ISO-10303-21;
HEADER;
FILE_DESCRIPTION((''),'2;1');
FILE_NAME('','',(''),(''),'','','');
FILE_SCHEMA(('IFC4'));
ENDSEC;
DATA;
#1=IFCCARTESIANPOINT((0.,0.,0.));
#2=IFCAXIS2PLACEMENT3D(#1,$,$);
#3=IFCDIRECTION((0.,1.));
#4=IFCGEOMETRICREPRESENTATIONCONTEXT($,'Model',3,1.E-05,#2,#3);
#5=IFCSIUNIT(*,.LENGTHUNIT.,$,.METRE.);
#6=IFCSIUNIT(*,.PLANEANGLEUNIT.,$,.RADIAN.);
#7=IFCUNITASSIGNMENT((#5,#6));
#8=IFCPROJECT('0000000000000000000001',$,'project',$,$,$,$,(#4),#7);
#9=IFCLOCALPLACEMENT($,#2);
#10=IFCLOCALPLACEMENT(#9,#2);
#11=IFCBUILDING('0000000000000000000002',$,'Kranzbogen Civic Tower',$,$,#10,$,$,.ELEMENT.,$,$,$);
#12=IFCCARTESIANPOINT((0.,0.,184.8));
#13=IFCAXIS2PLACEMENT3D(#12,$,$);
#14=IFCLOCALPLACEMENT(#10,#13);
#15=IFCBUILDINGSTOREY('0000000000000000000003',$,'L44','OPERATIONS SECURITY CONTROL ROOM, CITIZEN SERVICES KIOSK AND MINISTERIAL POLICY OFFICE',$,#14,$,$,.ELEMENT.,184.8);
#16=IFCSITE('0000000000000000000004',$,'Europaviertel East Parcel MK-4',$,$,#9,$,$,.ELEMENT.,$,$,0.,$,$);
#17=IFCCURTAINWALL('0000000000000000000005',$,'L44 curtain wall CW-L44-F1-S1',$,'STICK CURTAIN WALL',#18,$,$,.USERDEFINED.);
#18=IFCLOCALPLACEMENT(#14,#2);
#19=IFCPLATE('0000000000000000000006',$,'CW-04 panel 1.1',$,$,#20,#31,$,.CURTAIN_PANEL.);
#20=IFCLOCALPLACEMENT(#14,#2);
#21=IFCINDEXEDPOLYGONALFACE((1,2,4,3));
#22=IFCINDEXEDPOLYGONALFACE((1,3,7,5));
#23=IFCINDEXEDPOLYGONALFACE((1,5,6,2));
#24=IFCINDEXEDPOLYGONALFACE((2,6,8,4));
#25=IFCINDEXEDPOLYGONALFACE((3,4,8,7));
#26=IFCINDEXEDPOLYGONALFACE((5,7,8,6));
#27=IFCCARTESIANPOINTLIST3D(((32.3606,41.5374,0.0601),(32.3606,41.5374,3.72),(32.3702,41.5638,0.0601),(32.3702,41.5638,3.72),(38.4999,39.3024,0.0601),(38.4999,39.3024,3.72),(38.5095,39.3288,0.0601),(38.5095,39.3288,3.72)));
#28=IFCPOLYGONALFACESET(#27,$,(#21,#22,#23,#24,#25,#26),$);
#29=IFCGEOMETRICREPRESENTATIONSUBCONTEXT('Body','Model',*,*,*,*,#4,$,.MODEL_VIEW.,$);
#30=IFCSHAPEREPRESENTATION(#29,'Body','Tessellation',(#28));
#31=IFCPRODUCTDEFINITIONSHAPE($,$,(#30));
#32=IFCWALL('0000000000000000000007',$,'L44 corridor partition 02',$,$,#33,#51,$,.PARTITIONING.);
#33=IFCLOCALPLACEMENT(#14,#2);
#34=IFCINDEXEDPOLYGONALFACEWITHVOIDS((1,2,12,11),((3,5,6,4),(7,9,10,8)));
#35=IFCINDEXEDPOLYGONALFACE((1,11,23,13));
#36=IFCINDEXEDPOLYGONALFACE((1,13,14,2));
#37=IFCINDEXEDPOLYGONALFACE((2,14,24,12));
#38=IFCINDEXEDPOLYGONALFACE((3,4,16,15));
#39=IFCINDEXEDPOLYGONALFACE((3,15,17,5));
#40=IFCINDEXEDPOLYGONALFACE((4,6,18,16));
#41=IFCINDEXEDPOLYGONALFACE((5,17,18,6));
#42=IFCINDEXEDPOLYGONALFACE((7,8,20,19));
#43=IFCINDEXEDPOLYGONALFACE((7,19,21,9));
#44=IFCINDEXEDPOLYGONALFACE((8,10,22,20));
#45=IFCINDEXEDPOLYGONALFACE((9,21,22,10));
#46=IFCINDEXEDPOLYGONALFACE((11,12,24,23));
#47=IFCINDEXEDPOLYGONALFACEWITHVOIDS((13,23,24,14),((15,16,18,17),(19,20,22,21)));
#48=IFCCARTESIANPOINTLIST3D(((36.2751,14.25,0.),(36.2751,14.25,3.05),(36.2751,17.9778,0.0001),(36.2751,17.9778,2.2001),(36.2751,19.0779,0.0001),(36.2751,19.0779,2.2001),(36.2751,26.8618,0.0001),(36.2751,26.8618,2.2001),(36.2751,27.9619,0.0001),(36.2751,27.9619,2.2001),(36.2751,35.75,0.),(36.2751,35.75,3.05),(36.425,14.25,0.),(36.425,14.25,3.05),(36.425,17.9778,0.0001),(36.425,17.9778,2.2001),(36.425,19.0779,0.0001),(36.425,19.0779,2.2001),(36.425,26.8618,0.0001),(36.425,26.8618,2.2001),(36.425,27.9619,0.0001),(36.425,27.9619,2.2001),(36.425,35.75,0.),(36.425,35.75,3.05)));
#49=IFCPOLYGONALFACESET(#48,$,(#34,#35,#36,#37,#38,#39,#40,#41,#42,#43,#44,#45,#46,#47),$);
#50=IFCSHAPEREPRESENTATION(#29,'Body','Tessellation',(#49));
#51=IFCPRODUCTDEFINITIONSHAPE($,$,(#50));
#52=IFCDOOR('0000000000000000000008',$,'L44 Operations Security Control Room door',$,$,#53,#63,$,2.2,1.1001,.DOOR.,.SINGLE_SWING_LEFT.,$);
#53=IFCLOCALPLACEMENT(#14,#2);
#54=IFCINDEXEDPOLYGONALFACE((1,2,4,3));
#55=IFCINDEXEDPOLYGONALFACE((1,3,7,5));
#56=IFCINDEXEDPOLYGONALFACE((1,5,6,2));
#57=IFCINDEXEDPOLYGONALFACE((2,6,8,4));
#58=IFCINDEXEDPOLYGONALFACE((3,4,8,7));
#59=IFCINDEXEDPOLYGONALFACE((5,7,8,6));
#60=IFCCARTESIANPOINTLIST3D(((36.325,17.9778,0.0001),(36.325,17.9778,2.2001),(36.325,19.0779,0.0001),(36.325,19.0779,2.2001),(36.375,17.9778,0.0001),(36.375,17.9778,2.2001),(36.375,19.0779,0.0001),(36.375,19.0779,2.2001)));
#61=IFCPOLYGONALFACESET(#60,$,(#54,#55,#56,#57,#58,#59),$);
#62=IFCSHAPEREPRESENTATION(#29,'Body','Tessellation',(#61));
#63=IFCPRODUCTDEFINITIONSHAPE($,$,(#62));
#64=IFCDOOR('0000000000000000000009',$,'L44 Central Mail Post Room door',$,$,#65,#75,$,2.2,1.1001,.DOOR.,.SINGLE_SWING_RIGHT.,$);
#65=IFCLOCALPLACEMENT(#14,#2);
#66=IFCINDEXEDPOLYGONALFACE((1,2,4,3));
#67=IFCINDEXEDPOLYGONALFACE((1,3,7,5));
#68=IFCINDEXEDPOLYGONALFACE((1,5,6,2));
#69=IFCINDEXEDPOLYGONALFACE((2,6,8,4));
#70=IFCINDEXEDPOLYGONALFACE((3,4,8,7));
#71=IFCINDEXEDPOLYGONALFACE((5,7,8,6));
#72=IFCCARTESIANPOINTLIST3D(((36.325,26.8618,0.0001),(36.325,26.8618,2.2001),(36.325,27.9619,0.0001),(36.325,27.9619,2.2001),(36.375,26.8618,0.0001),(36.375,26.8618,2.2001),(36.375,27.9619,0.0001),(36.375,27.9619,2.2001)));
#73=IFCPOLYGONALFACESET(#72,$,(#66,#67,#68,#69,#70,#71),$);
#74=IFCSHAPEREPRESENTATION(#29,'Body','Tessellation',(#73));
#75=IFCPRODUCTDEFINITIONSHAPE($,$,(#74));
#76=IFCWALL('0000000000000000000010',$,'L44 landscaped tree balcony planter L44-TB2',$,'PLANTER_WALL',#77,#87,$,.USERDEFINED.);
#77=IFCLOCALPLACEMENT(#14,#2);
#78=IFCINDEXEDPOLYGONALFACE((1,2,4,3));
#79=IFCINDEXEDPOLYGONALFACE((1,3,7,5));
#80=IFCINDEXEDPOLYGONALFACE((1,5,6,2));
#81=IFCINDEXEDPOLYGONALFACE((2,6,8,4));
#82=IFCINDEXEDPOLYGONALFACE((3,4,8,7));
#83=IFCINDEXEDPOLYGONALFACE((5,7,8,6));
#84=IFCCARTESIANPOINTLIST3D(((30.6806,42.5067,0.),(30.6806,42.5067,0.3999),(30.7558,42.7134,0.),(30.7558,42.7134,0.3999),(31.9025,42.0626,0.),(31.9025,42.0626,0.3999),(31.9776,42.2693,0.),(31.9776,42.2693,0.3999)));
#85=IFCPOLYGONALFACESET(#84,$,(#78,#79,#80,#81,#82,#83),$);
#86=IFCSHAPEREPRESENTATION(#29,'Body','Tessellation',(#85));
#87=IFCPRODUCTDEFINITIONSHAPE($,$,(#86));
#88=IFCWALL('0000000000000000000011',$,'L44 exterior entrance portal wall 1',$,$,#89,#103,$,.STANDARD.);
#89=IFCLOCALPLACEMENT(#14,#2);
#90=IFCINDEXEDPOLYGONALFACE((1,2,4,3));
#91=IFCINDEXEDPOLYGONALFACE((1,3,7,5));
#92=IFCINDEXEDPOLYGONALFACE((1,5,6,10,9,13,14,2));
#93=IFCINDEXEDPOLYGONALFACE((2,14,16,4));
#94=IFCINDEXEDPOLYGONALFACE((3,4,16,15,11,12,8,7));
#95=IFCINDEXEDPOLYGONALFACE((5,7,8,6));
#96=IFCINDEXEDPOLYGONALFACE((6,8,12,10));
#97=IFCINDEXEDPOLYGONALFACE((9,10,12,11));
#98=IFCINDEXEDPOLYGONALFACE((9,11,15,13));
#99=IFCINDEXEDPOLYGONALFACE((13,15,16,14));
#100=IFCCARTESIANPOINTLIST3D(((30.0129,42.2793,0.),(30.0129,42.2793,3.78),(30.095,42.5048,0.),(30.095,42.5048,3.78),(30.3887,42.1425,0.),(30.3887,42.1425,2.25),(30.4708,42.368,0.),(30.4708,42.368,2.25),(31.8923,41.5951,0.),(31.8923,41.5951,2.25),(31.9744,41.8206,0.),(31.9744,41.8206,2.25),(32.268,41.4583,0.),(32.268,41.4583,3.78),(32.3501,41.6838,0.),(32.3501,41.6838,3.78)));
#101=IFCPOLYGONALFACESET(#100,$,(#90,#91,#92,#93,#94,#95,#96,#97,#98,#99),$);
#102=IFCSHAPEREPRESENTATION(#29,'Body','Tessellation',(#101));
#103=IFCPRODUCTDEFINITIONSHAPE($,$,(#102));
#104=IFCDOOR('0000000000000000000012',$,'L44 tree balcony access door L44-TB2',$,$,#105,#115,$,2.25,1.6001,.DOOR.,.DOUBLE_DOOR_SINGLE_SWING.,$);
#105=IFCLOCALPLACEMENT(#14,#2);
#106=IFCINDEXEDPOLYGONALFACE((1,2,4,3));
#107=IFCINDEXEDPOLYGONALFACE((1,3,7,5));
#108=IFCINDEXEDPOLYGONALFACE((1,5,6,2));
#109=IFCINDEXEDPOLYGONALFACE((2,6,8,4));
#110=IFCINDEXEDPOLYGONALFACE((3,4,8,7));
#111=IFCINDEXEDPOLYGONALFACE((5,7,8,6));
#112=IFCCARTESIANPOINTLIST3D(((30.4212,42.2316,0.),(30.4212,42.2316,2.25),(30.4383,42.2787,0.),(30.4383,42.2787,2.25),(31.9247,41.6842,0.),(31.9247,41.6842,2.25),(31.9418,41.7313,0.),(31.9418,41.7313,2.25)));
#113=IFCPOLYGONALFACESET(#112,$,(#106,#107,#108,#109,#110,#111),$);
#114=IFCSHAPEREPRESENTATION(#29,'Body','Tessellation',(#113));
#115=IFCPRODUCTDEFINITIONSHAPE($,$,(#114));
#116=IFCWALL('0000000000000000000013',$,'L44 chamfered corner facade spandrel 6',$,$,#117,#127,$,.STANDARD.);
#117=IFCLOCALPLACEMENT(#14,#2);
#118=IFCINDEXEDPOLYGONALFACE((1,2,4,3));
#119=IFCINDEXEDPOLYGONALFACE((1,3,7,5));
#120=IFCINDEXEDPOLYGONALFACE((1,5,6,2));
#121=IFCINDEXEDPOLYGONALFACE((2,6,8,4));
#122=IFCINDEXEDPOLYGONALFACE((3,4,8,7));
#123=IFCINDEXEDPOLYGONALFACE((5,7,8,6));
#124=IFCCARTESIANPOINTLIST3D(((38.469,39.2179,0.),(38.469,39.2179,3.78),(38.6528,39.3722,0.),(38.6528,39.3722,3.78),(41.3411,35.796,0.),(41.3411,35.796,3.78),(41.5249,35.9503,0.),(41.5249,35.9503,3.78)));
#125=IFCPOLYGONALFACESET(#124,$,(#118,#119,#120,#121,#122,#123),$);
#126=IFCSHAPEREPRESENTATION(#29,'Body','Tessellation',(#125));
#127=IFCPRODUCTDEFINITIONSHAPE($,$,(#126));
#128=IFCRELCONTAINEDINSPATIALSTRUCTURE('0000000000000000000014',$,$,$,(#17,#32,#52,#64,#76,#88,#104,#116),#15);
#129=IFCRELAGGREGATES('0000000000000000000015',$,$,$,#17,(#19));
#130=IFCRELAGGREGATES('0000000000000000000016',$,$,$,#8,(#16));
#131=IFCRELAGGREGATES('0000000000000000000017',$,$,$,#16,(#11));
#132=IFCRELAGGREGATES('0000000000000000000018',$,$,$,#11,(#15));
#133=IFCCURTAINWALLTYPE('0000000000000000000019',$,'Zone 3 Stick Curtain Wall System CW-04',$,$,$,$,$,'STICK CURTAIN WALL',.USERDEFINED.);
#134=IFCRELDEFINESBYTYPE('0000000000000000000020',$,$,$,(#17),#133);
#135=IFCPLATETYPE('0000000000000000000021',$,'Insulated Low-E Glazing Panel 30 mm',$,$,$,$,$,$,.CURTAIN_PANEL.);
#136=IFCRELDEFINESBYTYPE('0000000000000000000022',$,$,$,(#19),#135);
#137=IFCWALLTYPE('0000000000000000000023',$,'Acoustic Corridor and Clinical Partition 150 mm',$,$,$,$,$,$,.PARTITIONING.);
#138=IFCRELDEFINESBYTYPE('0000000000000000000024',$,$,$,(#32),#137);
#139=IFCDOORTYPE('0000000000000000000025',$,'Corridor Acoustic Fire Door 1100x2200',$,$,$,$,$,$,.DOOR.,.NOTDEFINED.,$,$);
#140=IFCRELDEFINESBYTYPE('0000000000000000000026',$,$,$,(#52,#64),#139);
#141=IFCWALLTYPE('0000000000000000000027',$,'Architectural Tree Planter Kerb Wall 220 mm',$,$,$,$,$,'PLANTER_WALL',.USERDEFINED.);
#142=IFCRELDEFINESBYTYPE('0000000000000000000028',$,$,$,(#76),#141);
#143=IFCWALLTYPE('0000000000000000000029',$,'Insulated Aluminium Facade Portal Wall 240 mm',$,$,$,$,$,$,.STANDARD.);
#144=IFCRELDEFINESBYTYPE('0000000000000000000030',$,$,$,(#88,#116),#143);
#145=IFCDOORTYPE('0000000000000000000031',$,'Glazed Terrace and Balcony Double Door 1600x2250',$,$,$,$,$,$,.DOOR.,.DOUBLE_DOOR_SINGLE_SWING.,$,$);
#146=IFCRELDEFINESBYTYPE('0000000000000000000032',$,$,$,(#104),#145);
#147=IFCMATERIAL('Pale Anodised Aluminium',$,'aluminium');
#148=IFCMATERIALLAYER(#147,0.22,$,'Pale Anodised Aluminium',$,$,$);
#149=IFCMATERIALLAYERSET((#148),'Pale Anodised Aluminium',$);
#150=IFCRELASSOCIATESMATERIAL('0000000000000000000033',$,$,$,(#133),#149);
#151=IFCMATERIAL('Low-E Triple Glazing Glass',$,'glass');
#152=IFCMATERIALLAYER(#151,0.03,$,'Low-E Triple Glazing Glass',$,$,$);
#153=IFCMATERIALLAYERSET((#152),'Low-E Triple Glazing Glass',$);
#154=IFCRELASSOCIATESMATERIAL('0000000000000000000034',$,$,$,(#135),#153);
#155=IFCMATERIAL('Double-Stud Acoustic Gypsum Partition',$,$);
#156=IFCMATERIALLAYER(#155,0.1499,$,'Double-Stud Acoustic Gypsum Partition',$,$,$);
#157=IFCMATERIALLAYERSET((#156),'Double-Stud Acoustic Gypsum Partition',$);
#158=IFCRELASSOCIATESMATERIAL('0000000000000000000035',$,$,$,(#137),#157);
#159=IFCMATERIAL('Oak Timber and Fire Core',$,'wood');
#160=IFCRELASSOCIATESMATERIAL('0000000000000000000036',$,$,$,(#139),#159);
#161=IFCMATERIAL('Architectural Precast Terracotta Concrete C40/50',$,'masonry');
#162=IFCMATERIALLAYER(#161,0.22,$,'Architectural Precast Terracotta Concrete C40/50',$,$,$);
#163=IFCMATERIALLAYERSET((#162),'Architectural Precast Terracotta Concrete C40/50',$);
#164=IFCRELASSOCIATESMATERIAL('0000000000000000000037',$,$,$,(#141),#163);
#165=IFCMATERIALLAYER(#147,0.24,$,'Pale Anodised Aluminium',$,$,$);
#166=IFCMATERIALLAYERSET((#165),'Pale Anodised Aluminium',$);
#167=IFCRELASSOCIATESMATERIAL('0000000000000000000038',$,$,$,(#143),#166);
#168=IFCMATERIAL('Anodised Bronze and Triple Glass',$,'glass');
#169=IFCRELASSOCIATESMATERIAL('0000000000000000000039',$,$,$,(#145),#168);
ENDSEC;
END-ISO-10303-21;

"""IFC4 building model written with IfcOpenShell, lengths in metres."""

from ifc_helpers import new_model, si_unit, direction, frame, frame_2d, origin, origin_2d, place, context, subcontext, project, spatial, rectangle, extrude, material, layer, layer_set, type_object, element, fill, aggregate, save


model = new_model("IFC4")

# Units and contexts
model_context = context("Model", 3, precision=1e-05, world=origin(), true_north=direction((0.0, 1.0)))
body_context = subcontext(model_context, "Body", "Model", "MODEL_VIEW")
ifc_project = project(units=[si_unit("LENGTHUNIT", "METRE"), si_unit("PLANEANGLEUNIT", "RADIAN")], contexts=[model_context])

# Site, building, storey
site_placement = place(None, origin())
site = spatial("IfcSite", under=ifc_project, at=site_placement, Name="Europaviertel East Parcel MK-4", CompositionType="ELEMENT", RefElevation=0.0)
building_placement = place(site_placement, origin())
building = spatial("IfcBuilding", under=site, at=building_placement, Name="Kranzbogen Civic Tower", CompositionType="ELEMENT")
storey_placement = place(building_placement, frame((0.0, 0.0, 184.8)))
storey = spatial("IfcBuildingStorey", under=building, at=storey_placement, Name="L44", Description="OPERATIONS SECURITY CONTROL ROOM, CITIZEN SERVICES KIOSK AND MINISTERIAL POLICY OFFICE", CompositionType="ELEMENT", Elevation=184.8)

# Curtain wall
ifc_material_1 = material(Name="Pale Anodised Aluminium", Category="aluminium")
ifc_layer_1 = layer(ifc_material_1, 0.22, Name="Pale Anodised Aluminium")
ifc_layer_set_1 = layer_set([ifc_layer_1], Name="Pale Anodised Aluminium")
curtain_wall_type = type_object("IfcCurtainWallType", Name="Zone 3 Stick Curtain Wall System CW-04", ElementType="STICK CURTAIN WALL", PredefinedType="USERDEFINED", material=ifc_layer_set_1)
curtain_wall_1_placement = place(storey_placement, origin())
curtain_wall_1 = element("IfcCurtainWall", 1, at=curtain_wall_1_placement, inside=storey, type_object=curtain_wall_type, Name="L44 curtain wall CW-L44-F1-S1", ObjectType="STICK CURTAIN WALL", PredefinedType="USERDEFINED")

# Plate
ifc_material_2 = material(Name="Low-E Triple Glazing Glass", Category="glass")
ifc_layer_2 = layer(ifc_material_2, 0.03, Name="Low-E Triple Glazing Glass")
ifc_layer_set_2 = layer_set([ifc_layer_2], Name="Low-E Triple Glazing Glass")
plate_type = type_object("IfcPlateType", Name="Insulated Low-E Glazing Panel 30 mm", PredefinedType="CURTAIN_PANEL", material=ifc_layer_set_2)
plate_placement = place(storey_placement, frame((35.4351, 40.4331, 0.0601), z_axis=(0.0, 0.0, 1.0), x_axis=(-0.93967, 0.342081, 0.0)))
plate = element("IfcPlate", 2, at=plate_placement, type_object=plate_type, Name="CW-04 panel 1.1", PredefinedType="CURTAIN_PANEL", context=body_context, shape_type="SweptSolid", body=[
    extrude(rectangle(XDim=6.5334, YDim=0.0281, at=origin_2d()), origin(), (0.0, 0.0, 1.0), 3.6599),
])
aggregate(curtain_wall_1, [plate])

# Wall, openings, doors
ifc_material_3 = material(Name="Double-Stud Acoustic Gypsum Partition")
ifc_layer_3 = layer(ifc_material_3, 0.1499, Name="Double-Stud Acoustic Gypsum Partition")
ifc_layer_set_3 = layer_set([ifc_layer_3], Name="Double-Stud Acoustic Gypsum Partition")
wall_type_1 = type_object("IfcWallType", Name="Acoustic Corridor and Clinical Partition 150 mm", PredefinedType="PARTITIONING", material=ifc_layer_set_3)
wall_1_placement = place(storey_placement, frame((36.3501, 35.75, 0.0), z_axis=(0.0, 0.0, 1.0), x_axis=(0.0, -1.0, 0.0)))
wall_1 = element("IfcWall", 3, at=wall_1_placement, inside=storey, type_object=wall_type_1, Name="L44 corridor partition 02", PredefinedType="PARTITIONING", context=body_context, shape_type="SweptSolid", body=[
    extrude(rectangle(XDim=21.5, YDim=0.1499, at=frame_2d((10.75, 0.0))), origin(), (0.0, 0.0, 1.0), 3.05),
])
opening_1_placement = place(wall_1_placement, frame((16.6721, 0.0, 0.0)))
opening_1 = element("IfcOpeningElement", 4, at=opening_1_placement, cuts=wall_1, PredefinedType="OPENING", context=body_context, shape_type="SweptSolid", body=[
    extrude(rectangle(XDim=1.1001, YDim=2.2, at=frame_2d((0.55, 1.1001))), frame((0.0, 0.085, 0.0), z_axis=(0.0, -1.0, 0.0), x_axis=(1.0, 0.0, 0.0)), (0.0, 0.0, 1.0), 0.1699),
])
opening_2_placement = place(wall_1_placement, frame((7.7881, 0.0, 0.0)))
opening_2 = element("IfcOpeningElement", 5, at=opening_2_placement, cuts=wall_1, PredefinedType="OPENING", context=body_context, shape_type="SweptSolid", body=[
    extrude(rectangle(XDim=1.1001, YDim=2.2, at=frame_2d((0.55, 1.1001))), frame((0.0, 0.085, 0.0), z_axis=(0.0, -1.0, 0.0), x_axis=(1.0, 0.0, 0.0)), (0.0, 0.0, 1.0), 0.1699),
])
ifc_material_4 = material(Name="Oak Timber and Fire Core", Category="wood")
door_type_1 = type_object("IfcDoorType", Name="Corridor Acoustic Fire Door 1100x2200", OperationType="NOTDEFINED", PredefinedType="DOOR", material=ifc_material_4)
door_1_placement = place(opening_1_placement, origin())
door_1 = element("IfcDoor", 6, at=door_1_placement, inside=storey, type_object=door_type_1, Name="L44 Operations Security Control Room door", OperationType="SINGLE_SWING_LEFT", OverallHeight=2.2, OverallWidth=1.1001, PredefinedType="DOOR", context=body_context, shape_type="SweptSolid", body=[
    extrude(rectangle(XDim=1.1001, YDim=2.2, at=frame_2d((0.55, 1.1001))), frame((0.0, 0.0249, 0.0), z_axis=(0.0, -1.0, 0.0), x_axis=(1.0, 0.0, 0.0)), (0.0, 0.0, 1.0), 0.05),
])
fill(opening_1, door_1)
door_2_placement = place(opening_2_placement, origin())
door_2 = element("IfcDoor", 7, at=door_2_placement, inside=storey, type_object=door_type_1, Name="L44 Central Mail Post Room door", OperationType="SINGLE_SWING_RIGHT", OverallHeight=2.2, OverallWidth=1.1001, PredefinedType="DOOR", context=body_context, shape_type="SweptSolid", body=[
    extrude(rectangle(XDim=1.1001, YDim=2.2, at=frame_2d((0.55, 1.1001))), frame((0.0, 0.0249, 0.0), z_axis=(0.0, -1.0, 0.0), x_axis=(1.0, 0.0, 0.0)), (0.0, 0.0, 1.0), 0.05),
])
fill(opening_2, door_2)

# Wall
ifc_material_5 = material(Name="Architectural Precast Terracotta Concrete C40/50", Category="masonry")
ifc_layer_4 = layer(ifc_material_5, 0.22, Name="Architectural Precast Terracotta Concrete C40/50")
ifc_layer_set_4 = layer_set([ifc_layer_4], Name="Architectural Precast Terracotta Concrete C40/50")
wall_type_2 = type_object("IfcWallType", Name="Architectural Tree Planter Kerb Wall 220 mm", ElementType="PLANTER_WALL", PredefinedType="USERDEFINED", material=ifc_layer_set_4)
wall_2_placement = place(storey_placement, frame((31.9399, 42.166, 0.0), z_axis=(0.0, 0.0, 1.0), x_axis=(-0.939854, 0.341577, 0.0)))
element("IfcWall", 8, at=wall_2_placement, inside=storey, type_object=wall_type_2, Name="L44 landscaped tree balcony planter L44-TB2", ObjectType="PLANTER_WALL", PredefinedType="USERDEFINED", context=body_context, shape_type="SweptSolid", body=[
    extrude(rectangle(XDim=1.3, YDim=0.22, at=frame_2d((0.6499, 0.0))), origin(), (0.0, 0.0, 1.0), 0.3999),
])

# Wall, opening, door
ifc_layer_5 = layer(ifc_material_1, 0.24, Name="Pale Anodised Aluminium")
ifc_layer_set_5 = layer_set([ifc_layer_5], Name="Pale Anodised Aluminium")
wall_type_3 = type_object("IfcWallType", Name="Insulated Aluminium Facade Portal Wall 240 mm", PredefinedType="STANDARD", material=ifc_layer_set_5)
wall_3_placement = place(storey_placement, frame((32.3091, 41.571, 0.0), z_axis=(0.0, 0.0, 1.0), x_axis=(-0.93966, 0.342111, 0.0)))
wall_3 = element("IfcWall", 9, at=wall_3_placement, inside=storey, type_object=wall_type_3, Name="L44 exterior entrance portal wall 1", PredefinedType="STANDARD", context=body_context, shape_type="SweptSolid", body=[
    extrude(rectangle(XDim=2.3999, YDim=0.24, at=frame_2d((1.2, 0.0))), origin(), (0.0, 0.0, 1.0), 3.78),
])
opening_3_placement = place(wall_3_placement, frame((0.3999, 0.0, 0.0)))
opening_3 = element("IfcOpeningElement", 10, at=opening_3_placement, cuts=wall_3, PredefinedType="OPENING", context=body_context, shape_type="SweptSolid", body=[
    extrude(rectangle(XDim=1.6001, YDim=2.25, at=frame_2d((0.8, 1.125))), frame((0.0, 0.1299, 0.0), z_axis=(0.0, -1.0, 0.0), x_axis=(1.0, 0.0, 0.0)), (0.0, 0.0, 1.0), 0.26),
])
ifc_material_6 = material(Name="Anodised Bronze and Triple Glass", Category="glass")
door_type_2 = type_object("IfcDoorType", Name="Glazed Terrace and Balcony Double Door 1600x2250", OperationType="DOUBLE_DOOR_SINGLE_SWING", PredefinedType="DOOR", material=ifc_material_6)
door_3_placement = place(opening_3_placement, frame((1.6001, 0.0, 0.0), z_axis=(0.0, 0.0, 1.0), x_axis=(-1.0, 0.0, 0.0)))
door_3 = element("IfcDoor", 11, at=door_3_placement, inside=storey, type_object=door_type_2, Name="L44 tree balcony access door L44-TB2", OperationType="DOUBLE_DOOR_SINGLE_SWING", OverallHeight=2.25, OverallWidth=1.6001, PredefinedType="DOOR", context=body_context, shape_type="SweptSolid", body=[
    extrude(rectangle(XDim=1.6001, YDim=2.25, at=frame_2d((0.8, 1.125))), frame((0.0, 0.0249, 0.0), z_axis=(0.0, -1.0, 0.0), x_axis=(1.0, 0.0, 0.0)), (0.0, 0.0, 1.0), 0.05),
])
fill(opening_3, door_3)

# Wall
wall_4_placement = place(storey_placement, frame((41.4331, 35.873, 0.0), z_axis=(0.0, 0.0, 1.0), x_axis=(-0.64289, 0.765959, 0.0)))
element("IfcWall", 12, at=wall_4_placement, inside=storey, type_object=wall_type_3, Name="L44 chamfered corner facade spandrel 6", PredefinedType="STANDARD", context=body_context, shape_type="SweptSolid", body=[
    extrude(rectangle(XDim=4.4675, YDim=0.24, at=frame_2d((2.2339, 0.0))), origin(), (0.0, 0.0, 1.0), 3.78),
])

save(model, "model.ifc")
